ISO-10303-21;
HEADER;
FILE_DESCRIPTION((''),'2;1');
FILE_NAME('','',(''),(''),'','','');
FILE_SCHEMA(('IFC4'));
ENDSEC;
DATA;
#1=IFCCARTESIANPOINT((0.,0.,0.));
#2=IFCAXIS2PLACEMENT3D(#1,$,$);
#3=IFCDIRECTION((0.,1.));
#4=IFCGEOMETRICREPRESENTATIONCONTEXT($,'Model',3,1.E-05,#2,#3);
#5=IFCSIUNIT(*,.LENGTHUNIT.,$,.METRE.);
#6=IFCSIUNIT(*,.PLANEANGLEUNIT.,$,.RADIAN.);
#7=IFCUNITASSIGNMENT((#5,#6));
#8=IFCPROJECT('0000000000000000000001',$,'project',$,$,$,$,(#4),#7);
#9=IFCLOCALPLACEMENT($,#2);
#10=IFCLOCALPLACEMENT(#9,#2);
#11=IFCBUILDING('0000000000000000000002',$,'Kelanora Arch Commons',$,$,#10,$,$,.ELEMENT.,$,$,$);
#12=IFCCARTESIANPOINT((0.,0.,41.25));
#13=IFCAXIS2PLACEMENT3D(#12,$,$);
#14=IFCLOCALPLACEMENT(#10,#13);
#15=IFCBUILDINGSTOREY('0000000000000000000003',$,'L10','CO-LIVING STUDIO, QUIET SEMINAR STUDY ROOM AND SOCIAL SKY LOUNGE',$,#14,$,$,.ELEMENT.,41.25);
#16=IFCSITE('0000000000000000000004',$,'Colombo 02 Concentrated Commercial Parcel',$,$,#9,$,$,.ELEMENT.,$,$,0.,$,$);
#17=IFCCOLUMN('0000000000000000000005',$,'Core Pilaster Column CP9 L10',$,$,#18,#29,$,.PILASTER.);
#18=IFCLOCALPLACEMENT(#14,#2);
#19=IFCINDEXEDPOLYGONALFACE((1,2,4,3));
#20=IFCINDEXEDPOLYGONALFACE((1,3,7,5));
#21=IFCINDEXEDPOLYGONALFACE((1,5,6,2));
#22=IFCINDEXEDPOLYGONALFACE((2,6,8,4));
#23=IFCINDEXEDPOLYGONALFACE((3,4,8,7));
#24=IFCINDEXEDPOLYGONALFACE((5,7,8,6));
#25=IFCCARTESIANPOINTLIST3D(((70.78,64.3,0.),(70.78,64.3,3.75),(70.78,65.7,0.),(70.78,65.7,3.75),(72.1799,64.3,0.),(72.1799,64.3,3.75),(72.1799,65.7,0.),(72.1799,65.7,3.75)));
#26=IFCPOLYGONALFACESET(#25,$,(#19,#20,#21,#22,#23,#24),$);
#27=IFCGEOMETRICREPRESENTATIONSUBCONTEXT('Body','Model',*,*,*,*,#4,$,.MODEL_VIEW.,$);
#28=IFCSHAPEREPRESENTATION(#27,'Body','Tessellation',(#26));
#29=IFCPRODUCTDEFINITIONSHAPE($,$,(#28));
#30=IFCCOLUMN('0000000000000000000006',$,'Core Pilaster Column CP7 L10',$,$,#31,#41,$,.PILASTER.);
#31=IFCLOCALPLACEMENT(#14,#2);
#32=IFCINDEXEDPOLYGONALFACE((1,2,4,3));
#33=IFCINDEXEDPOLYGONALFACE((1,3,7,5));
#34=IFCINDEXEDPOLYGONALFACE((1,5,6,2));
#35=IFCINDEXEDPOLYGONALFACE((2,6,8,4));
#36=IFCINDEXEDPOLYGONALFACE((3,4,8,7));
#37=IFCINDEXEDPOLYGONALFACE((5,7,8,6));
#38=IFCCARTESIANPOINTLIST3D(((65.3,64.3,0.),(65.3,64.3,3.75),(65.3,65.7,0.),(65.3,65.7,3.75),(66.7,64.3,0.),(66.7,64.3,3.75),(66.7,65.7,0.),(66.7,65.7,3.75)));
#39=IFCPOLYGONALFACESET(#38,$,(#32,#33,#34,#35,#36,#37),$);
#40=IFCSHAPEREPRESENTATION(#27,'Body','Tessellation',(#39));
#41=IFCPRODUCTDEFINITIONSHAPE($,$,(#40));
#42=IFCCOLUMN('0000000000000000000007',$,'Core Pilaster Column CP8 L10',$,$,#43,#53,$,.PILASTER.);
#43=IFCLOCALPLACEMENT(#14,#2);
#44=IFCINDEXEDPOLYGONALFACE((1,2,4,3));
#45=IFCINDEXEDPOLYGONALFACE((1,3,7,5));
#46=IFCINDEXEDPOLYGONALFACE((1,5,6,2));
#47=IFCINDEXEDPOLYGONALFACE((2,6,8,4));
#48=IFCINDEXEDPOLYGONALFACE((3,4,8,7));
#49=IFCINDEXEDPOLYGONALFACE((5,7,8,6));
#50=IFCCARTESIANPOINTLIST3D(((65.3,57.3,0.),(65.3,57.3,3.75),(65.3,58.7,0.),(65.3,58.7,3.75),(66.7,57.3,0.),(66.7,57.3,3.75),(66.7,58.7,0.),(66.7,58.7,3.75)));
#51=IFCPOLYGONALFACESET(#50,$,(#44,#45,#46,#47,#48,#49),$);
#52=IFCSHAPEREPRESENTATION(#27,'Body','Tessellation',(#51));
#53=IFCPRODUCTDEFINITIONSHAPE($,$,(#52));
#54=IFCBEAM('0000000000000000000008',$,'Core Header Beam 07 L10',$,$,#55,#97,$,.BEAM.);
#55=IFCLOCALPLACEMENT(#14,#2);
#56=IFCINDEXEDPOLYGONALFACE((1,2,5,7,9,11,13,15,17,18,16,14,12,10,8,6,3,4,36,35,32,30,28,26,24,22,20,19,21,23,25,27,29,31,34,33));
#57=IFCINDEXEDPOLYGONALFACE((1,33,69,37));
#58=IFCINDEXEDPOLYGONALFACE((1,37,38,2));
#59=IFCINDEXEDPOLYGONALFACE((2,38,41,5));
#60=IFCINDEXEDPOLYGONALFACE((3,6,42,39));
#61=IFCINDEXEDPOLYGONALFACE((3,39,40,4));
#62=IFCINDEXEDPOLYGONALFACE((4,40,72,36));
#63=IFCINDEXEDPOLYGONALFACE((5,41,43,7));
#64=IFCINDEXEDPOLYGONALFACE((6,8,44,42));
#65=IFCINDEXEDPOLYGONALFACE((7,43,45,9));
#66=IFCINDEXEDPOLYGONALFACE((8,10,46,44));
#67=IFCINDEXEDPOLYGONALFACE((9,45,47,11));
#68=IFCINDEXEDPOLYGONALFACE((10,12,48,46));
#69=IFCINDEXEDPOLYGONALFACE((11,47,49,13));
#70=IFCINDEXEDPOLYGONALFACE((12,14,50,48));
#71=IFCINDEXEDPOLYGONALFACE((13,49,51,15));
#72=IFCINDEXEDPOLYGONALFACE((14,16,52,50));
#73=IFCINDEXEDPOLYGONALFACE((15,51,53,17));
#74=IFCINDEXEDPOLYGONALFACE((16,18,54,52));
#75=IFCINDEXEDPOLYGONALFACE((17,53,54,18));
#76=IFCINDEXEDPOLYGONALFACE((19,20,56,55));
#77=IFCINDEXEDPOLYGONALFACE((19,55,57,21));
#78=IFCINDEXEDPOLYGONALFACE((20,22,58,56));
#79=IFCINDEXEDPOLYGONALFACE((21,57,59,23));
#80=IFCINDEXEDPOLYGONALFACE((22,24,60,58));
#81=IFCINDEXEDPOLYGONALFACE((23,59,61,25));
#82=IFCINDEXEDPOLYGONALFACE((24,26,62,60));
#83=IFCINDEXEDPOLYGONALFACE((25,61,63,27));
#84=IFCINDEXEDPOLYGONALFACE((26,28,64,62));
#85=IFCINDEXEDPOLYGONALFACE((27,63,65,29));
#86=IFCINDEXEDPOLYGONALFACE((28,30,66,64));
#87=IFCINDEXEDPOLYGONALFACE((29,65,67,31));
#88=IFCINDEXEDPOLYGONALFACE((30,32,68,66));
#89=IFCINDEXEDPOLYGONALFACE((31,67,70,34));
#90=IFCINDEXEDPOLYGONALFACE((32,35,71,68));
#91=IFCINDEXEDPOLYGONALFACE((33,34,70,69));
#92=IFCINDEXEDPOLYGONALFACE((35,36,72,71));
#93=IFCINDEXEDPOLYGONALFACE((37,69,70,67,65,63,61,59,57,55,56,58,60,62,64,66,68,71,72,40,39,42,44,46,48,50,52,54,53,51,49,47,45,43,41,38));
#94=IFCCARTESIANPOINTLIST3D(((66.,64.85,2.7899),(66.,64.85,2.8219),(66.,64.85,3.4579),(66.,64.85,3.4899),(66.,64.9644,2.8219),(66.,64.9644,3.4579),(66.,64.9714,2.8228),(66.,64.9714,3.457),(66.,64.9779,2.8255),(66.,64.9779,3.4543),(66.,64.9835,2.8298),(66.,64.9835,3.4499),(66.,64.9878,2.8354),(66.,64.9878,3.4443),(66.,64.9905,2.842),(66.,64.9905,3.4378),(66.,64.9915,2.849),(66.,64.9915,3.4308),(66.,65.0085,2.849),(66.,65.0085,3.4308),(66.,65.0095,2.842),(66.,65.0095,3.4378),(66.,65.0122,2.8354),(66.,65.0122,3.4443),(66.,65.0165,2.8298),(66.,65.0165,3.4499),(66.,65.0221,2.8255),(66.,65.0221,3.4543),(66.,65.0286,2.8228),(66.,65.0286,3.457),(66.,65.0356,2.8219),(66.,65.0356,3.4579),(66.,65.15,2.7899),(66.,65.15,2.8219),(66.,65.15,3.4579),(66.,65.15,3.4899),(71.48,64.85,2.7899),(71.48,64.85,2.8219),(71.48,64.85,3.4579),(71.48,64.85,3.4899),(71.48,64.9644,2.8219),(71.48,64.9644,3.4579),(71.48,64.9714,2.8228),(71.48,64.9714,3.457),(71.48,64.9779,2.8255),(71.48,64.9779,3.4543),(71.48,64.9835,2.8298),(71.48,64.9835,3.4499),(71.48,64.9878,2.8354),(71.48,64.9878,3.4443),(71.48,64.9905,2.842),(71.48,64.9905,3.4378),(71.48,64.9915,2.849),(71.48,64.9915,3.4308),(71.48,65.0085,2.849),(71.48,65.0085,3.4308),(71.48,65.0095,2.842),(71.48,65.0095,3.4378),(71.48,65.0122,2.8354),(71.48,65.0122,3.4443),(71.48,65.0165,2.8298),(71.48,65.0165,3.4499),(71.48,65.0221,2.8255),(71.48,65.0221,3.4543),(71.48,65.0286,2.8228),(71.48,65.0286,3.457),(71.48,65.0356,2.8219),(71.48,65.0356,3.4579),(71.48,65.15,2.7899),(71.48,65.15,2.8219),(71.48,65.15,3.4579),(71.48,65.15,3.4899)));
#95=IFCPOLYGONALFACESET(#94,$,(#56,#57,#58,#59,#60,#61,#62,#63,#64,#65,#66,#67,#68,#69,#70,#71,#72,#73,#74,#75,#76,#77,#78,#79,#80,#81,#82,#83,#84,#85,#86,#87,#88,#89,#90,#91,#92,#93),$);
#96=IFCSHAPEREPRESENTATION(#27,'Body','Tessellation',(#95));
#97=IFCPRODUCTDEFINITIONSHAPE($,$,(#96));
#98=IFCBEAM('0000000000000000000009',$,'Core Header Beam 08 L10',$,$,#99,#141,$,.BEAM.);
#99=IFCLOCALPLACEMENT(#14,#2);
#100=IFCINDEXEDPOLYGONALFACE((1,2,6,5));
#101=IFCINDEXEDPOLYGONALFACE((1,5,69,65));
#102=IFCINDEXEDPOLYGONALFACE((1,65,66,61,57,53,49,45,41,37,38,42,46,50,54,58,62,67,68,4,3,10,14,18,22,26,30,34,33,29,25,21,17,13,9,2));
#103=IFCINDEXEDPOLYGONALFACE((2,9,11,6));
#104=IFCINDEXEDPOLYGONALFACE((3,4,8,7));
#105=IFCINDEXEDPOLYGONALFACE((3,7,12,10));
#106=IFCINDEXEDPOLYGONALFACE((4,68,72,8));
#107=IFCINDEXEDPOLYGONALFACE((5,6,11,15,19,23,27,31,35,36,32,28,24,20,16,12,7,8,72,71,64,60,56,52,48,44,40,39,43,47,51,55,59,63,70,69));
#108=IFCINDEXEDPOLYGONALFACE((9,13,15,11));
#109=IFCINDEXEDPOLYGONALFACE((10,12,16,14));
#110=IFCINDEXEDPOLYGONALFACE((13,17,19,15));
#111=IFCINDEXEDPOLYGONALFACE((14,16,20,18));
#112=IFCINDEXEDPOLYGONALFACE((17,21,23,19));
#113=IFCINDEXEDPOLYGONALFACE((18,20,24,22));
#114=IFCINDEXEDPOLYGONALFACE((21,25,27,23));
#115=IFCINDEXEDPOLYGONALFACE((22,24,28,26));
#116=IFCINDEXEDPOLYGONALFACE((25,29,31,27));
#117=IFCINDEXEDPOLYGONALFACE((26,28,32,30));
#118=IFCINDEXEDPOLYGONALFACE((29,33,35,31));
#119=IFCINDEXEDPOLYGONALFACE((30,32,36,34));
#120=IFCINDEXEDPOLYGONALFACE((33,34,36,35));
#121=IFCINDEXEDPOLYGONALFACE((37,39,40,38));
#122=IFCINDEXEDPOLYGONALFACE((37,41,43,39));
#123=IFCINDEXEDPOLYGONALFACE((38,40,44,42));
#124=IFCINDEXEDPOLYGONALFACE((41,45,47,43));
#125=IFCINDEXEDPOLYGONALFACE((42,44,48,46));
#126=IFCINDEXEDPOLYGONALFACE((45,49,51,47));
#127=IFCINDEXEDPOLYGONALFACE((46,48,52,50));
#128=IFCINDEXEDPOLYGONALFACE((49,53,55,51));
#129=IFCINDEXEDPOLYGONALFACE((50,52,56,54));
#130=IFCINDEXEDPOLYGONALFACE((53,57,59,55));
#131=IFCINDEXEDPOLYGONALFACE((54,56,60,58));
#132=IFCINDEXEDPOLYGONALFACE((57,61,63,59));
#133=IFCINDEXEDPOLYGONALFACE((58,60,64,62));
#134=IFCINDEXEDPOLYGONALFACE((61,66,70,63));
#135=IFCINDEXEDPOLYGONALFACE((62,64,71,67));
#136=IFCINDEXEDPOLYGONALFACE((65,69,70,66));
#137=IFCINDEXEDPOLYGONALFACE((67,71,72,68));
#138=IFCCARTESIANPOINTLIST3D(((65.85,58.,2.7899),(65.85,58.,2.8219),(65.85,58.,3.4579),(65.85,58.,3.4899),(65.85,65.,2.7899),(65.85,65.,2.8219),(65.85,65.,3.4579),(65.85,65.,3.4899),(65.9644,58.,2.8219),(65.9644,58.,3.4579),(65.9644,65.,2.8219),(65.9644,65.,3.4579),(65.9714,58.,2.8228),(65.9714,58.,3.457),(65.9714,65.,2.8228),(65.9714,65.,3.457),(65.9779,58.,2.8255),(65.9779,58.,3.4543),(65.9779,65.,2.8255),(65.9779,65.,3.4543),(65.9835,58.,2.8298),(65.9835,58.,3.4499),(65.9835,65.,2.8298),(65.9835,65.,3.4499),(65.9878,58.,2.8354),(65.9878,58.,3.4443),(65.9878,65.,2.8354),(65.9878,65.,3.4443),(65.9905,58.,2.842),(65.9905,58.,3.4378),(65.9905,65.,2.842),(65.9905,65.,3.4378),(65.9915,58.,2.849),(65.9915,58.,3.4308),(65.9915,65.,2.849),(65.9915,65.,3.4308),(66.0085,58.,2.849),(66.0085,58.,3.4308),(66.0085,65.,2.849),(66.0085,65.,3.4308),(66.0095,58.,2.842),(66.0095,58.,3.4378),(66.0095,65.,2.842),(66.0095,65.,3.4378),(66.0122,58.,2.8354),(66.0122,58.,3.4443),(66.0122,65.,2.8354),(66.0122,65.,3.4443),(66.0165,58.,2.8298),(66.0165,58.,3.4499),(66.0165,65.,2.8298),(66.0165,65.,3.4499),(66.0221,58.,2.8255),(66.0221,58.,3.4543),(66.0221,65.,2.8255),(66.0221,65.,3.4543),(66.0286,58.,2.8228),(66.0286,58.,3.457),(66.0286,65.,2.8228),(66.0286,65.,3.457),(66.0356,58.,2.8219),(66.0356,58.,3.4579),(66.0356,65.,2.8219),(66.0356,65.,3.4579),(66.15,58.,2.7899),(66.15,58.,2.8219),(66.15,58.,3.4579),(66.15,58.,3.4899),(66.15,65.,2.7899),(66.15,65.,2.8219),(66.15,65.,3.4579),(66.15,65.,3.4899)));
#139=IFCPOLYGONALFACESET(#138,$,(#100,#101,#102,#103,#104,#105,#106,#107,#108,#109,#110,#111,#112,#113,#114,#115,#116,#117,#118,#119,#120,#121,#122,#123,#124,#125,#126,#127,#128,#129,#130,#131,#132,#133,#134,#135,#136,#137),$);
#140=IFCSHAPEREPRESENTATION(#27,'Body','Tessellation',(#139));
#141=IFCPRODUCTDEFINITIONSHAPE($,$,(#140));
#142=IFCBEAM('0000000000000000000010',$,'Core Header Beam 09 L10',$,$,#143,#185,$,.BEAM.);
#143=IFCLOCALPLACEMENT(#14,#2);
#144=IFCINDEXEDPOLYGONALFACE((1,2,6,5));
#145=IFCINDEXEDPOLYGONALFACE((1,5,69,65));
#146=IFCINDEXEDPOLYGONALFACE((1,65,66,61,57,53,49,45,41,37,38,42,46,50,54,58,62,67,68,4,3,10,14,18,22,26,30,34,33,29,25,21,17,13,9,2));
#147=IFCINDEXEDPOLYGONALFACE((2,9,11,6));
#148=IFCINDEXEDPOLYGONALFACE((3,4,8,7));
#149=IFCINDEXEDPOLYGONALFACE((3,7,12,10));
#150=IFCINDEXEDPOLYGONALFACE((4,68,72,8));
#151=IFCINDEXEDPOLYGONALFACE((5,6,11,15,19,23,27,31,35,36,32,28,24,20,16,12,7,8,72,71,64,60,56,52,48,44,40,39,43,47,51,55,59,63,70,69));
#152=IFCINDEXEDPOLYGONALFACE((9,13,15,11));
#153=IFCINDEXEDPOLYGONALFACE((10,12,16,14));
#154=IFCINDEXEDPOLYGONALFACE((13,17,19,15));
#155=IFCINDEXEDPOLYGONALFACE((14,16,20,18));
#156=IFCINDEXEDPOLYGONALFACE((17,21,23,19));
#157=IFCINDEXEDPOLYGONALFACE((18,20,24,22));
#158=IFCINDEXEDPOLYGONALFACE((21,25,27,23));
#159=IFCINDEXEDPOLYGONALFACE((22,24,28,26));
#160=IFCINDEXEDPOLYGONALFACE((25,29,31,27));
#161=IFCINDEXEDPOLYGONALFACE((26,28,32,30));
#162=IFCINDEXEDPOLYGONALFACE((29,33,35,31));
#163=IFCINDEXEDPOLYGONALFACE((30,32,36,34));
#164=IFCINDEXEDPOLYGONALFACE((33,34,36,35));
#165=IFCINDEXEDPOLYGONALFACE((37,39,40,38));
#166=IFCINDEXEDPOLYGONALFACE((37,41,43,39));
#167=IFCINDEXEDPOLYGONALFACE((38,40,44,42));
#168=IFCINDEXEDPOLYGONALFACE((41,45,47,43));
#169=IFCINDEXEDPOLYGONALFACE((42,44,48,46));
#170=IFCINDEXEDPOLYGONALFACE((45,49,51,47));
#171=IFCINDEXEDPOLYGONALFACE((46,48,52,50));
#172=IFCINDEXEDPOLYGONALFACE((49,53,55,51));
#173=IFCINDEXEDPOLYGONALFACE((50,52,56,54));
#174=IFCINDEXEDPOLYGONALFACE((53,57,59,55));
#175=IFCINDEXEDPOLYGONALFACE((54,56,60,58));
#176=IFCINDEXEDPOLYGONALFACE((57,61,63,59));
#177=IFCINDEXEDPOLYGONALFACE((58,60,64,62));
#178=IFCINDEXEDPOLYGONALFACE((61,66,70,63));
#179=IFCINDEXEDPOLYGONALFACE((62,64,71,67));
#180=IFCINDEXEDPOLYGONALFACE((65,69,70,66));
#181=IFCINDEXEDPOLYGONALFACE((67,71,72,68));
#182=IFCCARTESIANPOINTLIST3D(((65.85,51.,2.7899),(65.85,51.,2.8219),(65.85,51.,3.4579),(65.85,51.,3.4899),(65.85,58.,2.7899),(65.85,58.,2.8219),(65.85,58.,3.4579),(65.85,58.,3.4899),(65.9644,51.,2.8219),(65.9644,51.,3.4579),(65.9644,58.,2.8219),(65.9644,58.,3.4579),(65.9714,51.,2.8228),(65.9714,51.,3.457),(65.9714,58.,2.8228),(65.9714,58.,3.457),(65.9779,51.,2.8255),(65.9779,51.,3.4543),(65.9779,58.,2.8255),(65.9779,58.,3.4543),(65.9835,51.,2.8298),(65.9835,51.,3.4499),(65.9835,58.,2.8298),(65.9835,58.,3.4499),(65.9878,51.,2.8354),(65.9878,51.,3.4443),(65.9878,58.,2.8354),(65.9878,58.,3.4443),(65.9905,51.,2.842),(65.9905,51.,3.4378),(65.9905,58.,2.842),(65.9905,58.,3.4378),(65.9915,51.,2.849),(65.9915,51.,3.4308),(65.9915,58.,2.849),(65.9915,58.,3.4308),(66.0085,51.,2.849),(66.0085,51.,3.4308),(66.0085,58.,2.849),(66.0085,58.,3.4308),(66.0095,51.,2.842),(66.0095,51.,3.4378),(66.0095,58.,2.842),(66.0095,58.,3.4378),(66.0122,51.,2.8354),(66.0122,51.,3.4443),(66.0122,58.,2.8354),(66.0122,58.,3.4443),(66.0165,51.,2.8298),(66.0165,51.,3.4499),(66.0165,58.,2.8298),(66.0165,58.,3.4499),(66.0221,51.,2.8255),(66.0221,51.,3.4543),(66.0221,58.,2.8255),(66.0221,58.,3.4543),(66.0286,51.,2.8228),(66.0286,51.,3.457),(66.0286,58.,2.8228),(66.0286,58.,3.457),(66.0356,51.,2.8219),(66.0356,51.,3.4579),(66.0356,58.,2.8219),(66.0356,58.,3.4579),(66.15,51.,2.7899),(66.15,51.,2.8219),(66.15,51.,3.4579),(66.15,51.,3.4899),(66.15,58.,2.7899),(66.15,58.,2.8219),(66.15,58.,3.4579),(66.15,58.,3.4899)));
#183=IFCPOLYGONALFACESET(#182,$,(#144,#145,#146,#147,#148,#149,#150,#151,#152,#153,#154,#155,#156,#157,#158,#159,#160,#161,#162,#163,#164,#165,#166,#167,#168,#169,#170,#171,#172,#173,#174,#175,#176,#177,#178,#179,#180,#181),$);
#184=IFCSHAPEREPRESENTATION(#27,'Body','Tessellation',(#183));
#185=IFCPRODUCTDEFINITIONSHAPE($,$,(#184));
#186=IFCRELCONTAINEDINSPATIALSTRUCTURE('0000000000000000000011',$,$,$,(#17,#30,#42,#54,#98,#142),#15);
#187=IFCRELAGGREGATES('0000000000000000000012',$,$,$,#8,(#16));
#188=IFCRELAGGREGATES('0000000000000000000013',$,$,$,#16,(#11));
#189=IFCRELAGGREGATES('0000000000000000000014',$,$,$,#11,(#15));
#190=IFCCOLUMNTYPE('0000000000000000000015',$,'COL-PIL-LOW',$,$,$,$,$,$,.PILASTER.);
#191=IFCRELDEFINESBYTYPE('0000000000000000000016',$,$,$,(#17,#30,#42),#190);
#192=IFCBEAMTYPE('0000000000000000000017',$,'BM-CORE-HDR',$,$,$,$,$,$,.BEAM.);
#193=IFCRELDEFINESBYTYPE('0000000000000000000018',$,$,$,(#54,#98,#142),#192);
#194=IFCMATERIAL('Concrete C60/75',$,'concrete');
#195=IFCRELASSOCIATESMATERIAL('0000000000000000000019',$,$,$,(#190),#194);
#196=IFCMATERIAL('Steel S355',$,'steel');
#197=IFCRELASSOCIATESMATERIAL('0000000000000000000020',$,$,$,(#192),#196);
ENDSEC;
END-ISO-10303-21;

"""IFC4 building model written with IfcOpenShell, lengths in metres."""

from ifc_helpers import new_model, si_unit, direction, frame, origin, origin_2d, place, context, subcontext, project, spatial, rectangle, i_section, extrude, material, material_profile, profile_set, type_object, element, save


model = new_model("IFC4")

# Units and contexts
model_context = context("Model", 3, precision=1e-05, world=origin(), true_north=direction((0.0, 1.0)))
body_context = subcontext(model_context, "Body", "Model", "MODEL_VIEW")
ifc_project = project(units=[si_unit("LENGTHUNIT", "METRE"), si_unit("PLANEANGLEUNIT", "RADIAN")], contexts=[model_context])

# Site, building, storey
site_placement = place(None, origin())
site = spatial("IfcSite", under=ifc_project, at=site_placement, Name="Colombo 02 Concentrated Commercial Parcel", CompositionType="ELEMENT", RefElevation=0.0)
building_placement = place(site_placement, origin())
building = spatial("IfcBuilding", under=site, at=building_placement, Name="Kelanora Arch Commons", CompositionType="ELEMENT")
storey_placement = place(building_placement, frame((0.0, 0.0, 41.25)))
storey = spatial("IfcBuildingStorey", under=building, at=storey_placement, Name="L10", Description="CO-LIVING STUDIO, QUIET SEMINAR STUDY ROOM AND SOCIAL SKY LOUNGE", CompositionType="ELEMENT", Elevation=41.25)

# Columns
ifc_material_1 = material(Name="Concrete C60/75", Category="concrete")
ifc_material_profile_1 = material_profile(ifc_material_1, rectangle(XDim=1.3999, YDim=1.3999, at=origin_2d()), Name="RC1400x1400")
ifc_profile_set_1 = profile_set([ifc_material_profile_1], Name="Concrete C60/75")
column_type = type_object("IfcColumnType", Name="COL-PIL-LOW", PredefinedType="PILASTER", material=ifc_profile_set_1)
for number, where, z_axis, x_axis, name in (
    (1, (71.48, 65.0, 0.0), (0.0, 0.0, 1.0), (1.0, 0.0, 0.0), "Core Pilaster Column CP9 L10"),
    (2, (66.0, 65.0, 0.0), (0.0, 0.0, 1.0), (1.0, 0.0, 0.0), "Core Pilaster Column CP7 L10"),
    (3, (66.0, 58.0, 0.0), (0.0, 0.0, 1.0), (1.0, 0.0, 0.0), "Core Pilaster Column CP8 L10"),
):
    element("IfcColumn", number, at=place(storey_placement, frame(where, z_axis=z_axis, x_axis=x_axis)), inside=storey, type_object=column_type, Name=name, PredefinedType="PILASTER", context=body_context, shape_type="SweptSolid", body=[
        extrude(rectangle(XDim=1.3999, YDim=1.3999, at=origin_2d()), origin(), (0.0, 0.0, 1.0), 3.75),
    ])

# Beams
ifc_material_2 = material(Name="Steel S355", Category="steel")
ifc_material_profile_2 = material_profile(ifc_material_2, i_section(OverallWidth=0.3, OverallDepth=0.7, WebThickness=0.0171, FlangeThickness=0.032, FilletRadius=0.0271, at=origin_2d()), Name="HEB700")
ifc_profile_set_2 = profile_set([ifc_material_profile_2], Name="Steel S355")
beam_type_1 = type_object("IfcBeamType", Name="BM-CORE-HDR", PredefinedType="BEAM", material=ifc_profile_set_2)
beam_1_placement = place(storey_placement, frame((71.48, 65.0, 3.1399), z_axis=(-1.0, 0.0, 0.0), x_axis=(0.0, -1.0, 0.0)))
element("IfcBeam", 4, at=beam_1_placement, inside=storey, type_object=beam_type_1, Name="Core Header Beam 07 L10", PredefinedType="BEAM", context=body_context, shape_type="SweptSolid", body=[
    extrude(i_section(OverallWidth=0.3, OverallDepth=0.7, WebThickness=0.0171, FlangeThickness=0.032, FilletRadius=0.0271, at=origin_2d()), origin(), (0.0, 0.0, 1.0), 5.48),
])
for number, where, z_axis, x_axis, name in (
    (5, (66.0, 65.0, 3.1399), (0.0, -1.0, 0.0), (1.0, 0.0, 0.0), "Core Header Beam 08 L10"),
    (6, (66.0, 58.0, 3.1399), (0.0, -1.0, 0.0), (1.0, 0.0, 0.0), "Core Header Beam 09 L10"),
):
    element("IfcBeam", number, at=place(storey_placement, frame(where, z_axis=z_axis, x_axis=x_axis)), inside=storey, type_object=beam_type_1, Name=name, PredefinedType="BEAM", context=body_context, shape_type="SweptSolid", body=[
        extrude(i_section(OverallWidth=0.3, OverallDepth=0.7, WebThickness=0.0171, FlangeThickness=0.032, FilletRadius=0.0271, at=origin_2d()), origin(), (0.0, 0.0, 1.0), 7.0),
    ])

save(model, "model.ifc")
